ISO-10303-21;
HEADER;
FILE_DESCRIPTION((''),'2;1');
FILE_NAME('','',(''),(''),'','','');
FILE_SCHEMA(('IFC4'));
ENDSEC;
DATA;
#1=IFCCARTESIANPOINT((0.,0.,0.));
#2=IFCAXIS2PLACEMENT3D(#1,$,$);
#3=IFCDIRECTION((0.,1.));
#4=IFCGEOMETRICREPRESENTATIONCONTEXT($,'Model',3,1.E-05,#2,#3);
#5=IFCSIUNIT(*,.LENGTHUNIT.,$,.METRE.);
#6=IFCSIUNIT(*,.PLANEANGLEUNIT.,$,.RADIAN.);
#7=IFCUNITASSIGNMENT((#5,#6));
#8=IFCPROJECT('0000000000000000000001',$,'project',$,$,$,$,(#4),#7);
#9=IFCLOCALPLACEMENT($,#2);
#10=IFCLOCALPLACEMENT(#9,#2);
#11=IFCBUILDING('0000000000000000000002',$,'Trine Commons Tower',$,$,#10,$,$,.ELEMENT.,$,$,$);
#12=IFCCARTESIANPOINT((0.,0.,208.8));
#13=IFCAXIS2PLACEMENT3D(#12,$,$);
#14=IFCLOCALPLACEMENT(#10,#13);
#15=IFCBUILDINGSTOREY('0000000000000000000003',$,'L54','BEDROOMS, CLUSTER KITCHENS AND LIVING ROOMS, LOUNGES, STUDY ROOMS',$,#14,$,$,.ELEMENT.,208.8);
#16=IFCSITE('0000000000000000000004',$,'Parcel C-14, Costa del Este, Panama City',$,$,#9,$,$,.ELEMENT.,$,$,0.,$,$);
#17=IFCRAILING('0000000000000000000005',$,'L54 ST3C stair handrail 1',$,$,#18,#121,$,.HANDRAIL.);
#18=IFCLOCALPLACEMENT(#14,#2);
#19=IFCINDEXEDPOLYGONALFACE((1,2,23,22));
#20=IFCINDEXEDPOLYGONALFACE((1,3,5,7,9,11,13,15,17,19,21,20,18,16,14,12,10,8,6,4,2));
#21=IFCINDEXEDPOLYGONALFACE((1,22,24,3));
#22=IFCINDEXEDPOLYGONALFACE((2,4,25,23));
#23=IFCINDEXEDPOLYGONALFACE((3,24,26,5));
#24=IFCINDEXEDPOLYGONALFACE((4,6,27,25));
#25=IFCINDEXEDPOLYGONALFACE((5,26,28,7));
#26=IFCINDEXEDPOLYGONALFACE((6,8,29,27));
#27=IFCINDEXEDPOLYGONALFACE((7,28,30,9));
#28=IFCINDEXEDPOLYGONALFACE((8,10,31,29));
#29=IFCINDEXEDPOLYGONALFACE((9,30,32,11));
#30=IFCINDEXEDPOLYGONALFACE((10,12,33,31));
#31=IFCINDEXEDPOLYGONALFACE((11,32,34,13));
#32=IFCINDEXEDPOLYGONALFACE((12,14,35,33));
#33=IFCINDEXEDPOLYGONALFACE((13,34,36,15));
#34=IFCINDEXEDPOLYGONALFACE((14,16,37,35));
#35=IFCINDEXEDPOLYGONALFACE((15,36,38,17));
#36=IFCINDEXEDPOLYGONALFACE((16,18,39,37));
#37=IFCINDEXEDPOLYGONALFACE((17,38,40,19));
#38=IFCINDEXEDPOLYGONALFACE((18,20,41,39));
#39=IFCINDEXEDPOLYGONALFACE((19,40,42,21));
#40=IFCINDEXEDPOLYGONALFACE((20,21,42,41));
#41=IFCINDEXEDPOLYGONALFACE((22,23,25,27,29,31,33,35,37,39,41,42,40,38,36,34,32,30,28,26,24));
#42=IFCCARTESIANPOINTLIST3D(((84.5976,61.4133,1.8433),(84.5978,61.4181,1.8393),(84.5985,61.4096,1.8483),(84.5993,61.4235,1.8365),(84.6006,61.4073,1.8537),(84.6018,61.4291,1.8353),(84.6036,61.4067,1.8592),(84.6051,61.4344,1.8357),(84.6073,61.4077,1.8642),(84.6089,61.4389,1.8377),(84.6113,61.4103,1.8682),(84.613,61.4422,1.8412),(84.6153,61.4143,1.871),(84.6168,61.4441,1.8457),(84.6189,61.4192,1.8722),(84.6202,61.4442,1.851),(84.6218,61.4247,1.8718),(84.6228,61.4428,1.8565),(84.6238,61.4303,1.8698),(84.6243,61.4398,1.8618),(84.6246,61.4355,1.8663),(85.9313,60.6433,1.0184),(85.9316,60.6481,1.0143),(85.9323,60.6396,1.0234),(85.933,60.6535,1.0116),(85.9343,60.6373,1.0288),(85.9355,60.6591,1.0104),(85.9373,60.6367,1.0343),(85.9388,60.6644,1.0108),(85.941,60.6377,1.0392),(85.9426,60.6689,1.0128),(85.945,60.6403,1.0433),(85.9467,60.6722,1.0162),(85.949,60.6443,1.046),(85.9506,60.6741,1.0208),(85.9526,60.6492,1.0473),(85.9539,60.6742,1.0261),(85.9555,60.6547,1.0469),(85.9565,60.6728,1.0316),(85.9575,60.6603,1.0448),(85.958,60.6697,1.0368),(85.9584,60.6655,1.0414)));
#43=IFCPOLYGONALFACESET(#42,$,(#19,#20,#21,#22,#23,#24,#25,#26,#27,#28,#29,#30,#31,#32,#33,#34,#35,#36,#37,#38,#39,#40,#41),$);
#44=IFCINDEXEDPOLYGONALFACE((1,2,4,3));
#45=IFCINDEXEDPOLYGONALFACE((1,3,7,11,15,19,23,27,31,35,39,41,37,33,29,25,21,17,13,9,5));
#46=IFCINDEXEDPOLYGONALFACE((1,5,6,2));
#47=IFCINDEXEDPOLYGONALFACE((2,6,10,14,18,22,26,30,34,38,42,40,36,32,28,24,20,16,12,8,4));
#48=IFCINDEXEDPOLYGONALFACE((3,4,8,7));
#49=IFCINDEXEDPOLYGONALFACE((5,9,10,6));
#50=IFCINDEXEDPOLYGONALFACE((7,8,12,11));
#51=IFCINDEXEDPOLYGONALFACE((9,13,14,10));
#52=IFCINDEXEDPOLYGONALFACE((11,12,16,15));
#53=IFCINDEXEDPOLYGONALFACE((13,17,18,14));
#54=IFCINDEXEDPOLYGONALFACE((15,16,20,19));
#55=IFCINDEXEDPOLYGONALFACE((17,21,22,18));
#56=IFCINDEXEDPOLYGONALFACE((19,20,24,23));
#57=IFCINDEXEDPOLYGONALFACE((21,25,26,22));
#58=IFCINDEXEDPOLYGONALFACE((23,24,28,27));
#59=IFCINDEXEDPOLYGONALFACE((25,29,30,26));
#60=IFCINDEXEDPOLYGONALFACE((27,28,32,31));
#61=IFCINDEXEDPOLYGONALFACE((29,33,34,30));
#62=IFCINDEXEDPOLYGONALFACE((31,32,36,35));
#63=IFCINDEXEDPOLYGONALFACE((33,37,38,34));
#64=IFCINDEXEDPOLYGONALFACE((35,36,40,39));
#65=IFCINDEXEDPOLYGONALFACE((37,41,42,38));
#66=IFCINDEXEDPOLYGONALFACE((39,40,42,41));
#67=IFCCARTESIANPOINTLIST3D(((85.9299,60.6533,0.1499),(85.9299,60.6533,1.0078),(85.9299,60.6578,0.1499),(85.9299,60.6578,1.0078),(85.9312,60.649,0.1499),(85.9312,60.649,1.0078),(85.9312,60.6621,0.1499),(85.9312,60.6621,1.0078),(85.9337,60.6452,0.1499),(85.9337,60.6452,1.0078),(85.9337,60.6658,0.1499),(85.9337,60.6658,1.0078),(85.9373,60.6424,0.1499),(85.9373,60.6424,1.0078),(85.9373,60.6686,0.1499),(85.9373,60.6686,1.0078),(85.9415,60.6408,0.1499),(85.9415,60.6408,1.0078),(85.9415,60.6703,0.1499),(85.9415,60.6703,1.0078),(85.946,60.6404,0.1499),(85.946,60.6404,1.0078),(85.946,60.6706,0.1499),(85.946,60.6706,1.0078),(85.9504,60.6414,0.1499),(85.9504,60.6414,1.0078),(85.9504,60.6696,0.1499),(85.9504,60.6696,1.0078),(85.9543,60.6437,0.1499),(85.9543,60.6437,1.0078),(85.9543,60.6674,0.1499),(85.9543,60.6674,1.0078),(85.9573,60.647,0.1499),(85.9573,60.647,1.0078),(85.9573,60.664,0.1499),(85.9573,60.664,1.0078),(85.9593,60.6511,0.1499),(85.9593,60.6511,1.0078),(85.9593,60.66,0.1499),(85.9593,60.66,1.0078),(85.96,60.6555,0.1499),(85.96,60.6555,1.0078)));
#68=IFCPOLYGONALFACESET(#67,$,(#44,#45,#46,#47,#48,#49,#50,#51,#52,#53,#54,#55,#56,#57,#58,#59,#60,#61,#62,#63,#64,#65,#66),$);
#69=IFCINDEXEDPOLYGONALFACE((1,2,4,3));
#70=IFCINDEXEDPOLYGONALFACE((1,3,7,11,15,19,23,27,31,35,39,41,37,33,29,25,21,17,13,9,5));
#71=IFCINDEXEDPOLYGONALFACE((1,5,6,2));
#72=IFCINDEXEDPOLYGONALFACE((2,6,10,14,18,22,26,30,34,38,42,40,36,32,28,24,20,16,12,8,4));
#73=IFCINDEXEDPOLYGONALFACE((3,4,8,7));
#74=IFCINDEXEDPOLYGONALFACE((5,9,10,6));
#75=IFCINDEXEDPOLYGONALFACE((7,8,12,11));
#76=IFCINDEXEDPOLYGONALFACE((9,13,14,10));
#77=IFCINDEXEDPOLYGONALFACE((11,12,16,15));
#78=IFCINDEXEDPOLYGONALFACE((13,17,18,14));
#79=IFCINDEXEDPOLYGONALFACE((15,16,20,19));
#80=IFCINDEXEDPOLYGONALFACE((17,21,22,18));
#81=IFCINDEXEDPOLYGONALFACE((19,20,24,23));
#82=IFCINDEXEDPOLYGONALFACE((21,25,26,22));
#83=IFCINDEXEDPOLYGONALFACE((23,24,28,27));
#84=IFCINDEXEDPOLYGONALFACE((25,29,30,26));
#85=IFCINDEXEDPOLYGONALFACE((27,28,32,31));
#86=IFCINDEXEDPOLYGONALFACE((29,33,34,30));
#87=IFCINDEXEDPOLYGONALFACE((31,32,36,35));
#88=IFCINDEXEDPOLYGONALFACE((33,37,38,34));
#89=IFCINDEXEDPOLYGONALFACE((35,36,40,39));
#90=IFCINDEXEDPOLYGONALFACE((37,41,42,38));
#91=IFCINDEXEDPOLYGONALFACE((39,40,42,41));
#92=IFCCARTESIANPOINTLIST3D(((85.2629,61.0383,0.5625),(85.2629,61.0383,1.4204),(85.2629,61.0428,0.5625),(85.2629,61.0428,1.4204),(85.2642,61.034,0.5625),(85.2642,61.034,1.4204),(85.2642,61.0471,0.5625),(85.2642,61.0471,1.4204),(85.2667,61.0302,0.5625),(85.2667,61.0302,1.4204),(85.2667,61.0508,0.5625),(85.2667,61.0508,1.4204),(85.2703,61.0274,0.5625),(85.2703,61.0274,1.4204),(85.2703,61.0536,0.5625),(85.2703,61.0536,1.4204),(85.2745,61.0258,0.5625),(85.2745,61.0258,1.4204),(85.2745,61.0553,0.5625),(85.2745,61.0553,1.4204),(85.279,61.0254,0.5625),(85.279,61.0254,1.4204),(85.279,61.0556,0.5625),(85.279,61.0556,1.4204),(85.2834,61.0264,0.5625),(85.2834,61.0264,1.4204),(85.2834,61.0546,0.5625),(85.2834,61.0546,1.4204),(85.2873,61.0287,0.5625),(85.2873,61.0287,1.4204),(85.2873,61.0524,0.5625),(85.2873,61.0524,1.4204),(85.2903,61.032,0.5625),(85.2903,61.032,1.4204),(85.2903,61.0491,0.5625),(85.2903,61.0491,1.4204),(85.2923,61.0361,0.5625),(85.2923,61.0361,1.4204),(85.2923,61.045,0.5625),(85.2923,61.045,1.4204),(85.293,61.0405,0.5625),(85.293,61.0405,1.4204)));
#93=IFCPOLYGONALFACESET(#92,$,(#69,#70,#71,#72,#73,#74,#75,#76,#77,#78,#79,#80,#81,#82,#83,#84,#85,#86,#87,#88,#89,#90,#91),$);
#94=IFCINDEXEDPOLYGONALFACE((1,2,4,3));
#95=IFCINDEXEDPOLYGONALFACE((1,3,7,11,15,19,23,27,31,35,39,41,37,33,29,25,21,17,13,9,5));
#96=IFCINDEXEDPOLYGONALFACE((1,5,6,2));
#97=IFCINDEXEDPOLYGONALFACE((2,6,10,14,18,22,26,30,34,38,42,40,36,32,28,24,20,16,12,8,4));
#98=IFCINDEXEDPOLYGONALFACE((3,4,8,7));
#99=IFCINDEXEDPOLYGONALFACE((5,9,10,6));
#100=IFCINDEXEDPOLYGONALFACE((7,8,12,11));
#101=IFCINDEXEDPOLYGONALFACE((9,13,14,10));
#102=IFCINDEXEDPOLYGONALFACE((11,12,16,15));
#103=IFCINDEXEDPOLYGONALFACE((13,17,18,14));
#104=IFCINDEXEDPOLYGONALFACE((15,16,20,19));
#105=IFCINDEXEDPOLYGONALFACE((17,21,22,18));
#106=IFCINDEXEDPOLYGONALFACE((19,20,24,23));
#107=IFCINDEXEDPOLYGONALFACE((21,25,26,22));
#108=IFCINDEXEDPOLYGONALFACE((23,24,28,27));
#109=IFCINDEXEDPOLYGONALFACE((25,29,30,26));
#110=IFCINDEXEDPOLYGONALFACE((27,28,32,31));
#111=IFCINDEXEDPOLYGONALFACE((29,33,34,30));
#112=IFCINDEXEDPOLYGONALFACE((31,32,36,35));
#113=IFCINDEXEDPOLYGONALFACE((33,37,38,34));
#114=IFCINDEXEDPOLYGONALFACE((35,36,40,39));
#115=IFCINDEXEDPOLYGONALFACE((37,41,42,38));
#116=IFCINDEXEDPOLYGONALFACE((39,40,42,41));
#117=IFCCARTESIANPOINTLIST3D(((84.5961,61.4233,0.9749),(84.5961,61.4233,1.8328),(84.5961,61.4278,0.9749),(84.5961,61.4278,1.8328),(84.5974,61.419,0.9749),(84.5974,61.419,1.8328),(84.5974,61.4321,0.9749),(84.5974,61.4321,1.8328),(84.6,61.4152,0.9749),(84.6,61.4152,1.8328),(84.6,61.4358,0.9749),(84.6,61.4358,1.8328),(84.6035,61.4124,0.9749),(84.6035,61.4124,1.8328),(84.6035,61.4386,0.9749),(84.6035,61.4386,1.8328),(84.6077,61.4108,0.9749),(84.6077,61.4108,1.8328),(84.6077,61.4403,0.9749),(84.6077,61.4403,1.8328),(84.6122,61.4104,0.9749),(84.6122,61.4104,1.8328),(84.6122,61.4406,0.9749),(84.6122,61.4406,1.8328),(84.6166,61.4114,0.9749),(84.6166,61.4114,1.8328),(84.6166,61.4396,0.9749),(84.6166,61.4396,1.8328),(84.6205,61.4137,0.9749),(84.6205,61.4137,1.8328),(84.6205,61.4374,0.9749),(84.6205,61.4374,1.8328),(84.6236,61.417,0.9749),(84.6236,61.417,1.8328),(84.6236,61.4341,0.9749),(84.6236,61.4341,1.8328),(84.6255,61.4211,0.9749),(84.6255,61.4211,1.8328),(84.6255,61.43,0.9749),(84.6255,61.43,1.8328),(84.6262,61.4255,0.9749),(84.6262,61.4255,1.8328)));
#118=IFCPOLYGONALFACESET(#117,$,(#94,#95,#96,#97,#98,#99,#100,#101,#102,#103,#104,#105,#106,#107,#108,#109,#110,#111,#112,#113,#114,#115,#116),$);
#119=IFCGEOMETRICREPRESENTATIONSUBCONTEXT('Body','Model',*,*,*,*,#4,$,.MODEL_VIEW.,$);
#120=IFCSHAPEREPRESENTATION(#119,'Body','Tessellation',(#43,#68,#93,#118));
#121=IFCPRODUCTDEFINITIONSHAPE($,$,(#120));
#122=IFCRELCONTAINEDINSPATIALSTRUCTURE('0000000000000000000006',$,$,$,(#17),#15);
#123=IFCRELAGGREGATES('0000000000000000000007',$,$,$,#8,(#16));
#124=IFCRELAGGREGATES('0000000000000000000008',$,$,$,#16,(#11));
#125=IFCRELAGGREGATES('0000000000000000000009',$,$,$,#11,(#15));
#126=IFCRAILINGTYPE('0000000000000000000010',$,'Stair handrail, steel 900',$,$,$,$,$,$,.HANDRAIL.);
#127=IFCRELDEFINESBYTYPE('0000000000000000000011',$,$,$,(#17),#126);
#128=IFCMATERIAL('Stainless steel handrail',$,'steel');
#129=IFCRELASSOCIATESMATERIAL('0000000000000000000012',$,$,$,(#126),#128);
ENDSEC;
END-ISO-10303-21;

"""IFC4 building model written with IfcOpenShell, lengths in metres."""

from ifc_helpers import new_model, si_unit, direction, frame, origin, origin_2d, place, context, subcontext, project, spatial, circle, extrude, material, type_object, element, save


model = new_model("IFC4")

# Units and contexts
model_context = context("Model", 3, precision=1e-05, world=origin(), true_north=direction((0.0, 1.0)))
body_context = subcontext(model_context, "Body", "Model", "MODEL_VIEW")
ifc_project = project(units=[si_unit("LENGTHUNIT", "METRE"), si_unit("PLANEANGLEUNIT", "RADIAN")], contexts=[model_context])

# Site, building, storey
site_placement = place(None, origin())
site = spatial("IfcSite", under=ifc_project, at=site_placement, Name="Parcel C-14, Costa del Este, Panama City", CompositionType="ELEMENT", RefElevation=0.0)
building_placement = place(site_placement, origin())
building = spatial("IfcBuilding", under=site, at=building_placement, Name="Trine Commons Tower", CompositionType="ELEMENT")
storey_placement = place(building_placement, frame((0.0, 0.0, 208.8)))
storey = spatial("IfcBuildingStorey", under=building, at=storey_placement, Name="L54", Description="BEDROOMS, CLUSTER KITCHENS AND LIVING ROOMS, LOUNGES, STUDY ROOMS", CompositionType="ELEMENT", Elevation=208.8)

# Railing
ifc_material_1 = material(Name="Stainless steel handrail", Category="steel")
railing_type = type_object("IfcRailingType", Name="Stair handrail, steel 900", PredefinedType="HANDRAIL", material=ifc_material_1)
railing_placement = place(storey_placement, frame((85.9448, 60.6555, 0.1499)))
element("IfcRailing", 1, at=railing_placement, inside=storey, type_object=railing_type, Name="L54 ST3C stair handrail 1", PredefinedType="HANDRAIL", context=body_context, shape_type="SweptSolid", body=[
    extrude(circle(Radius=0.021, at=origin_2d()), frame((0.0, 0.0, 0.8789), z_axis=(-0.763405, 0.440743, 0.472185), x_axis=(-0.499992, -0.86603, 0.0)), (0.0, 0.0, 1.0), 1.7471),
    extrude(circle(Radius=0.0151, at=origin_2d()), origin(), (0.0, 0.0, 1.0), 0.8579),
    extrude(circle(Radius=0.0151, at=origin_2d()), frame((-0.667, 0.385, 0.4126)), (0.0, 0.0, 1.0), 0.8579),
    extrude(circle(Radius=0.0151, at=origin_2d()), frame((-1.3337, 0.77, 0.825)), (0.0, 0.0, 1.0), 0.8579),
])

save(model, "model.ifc")
